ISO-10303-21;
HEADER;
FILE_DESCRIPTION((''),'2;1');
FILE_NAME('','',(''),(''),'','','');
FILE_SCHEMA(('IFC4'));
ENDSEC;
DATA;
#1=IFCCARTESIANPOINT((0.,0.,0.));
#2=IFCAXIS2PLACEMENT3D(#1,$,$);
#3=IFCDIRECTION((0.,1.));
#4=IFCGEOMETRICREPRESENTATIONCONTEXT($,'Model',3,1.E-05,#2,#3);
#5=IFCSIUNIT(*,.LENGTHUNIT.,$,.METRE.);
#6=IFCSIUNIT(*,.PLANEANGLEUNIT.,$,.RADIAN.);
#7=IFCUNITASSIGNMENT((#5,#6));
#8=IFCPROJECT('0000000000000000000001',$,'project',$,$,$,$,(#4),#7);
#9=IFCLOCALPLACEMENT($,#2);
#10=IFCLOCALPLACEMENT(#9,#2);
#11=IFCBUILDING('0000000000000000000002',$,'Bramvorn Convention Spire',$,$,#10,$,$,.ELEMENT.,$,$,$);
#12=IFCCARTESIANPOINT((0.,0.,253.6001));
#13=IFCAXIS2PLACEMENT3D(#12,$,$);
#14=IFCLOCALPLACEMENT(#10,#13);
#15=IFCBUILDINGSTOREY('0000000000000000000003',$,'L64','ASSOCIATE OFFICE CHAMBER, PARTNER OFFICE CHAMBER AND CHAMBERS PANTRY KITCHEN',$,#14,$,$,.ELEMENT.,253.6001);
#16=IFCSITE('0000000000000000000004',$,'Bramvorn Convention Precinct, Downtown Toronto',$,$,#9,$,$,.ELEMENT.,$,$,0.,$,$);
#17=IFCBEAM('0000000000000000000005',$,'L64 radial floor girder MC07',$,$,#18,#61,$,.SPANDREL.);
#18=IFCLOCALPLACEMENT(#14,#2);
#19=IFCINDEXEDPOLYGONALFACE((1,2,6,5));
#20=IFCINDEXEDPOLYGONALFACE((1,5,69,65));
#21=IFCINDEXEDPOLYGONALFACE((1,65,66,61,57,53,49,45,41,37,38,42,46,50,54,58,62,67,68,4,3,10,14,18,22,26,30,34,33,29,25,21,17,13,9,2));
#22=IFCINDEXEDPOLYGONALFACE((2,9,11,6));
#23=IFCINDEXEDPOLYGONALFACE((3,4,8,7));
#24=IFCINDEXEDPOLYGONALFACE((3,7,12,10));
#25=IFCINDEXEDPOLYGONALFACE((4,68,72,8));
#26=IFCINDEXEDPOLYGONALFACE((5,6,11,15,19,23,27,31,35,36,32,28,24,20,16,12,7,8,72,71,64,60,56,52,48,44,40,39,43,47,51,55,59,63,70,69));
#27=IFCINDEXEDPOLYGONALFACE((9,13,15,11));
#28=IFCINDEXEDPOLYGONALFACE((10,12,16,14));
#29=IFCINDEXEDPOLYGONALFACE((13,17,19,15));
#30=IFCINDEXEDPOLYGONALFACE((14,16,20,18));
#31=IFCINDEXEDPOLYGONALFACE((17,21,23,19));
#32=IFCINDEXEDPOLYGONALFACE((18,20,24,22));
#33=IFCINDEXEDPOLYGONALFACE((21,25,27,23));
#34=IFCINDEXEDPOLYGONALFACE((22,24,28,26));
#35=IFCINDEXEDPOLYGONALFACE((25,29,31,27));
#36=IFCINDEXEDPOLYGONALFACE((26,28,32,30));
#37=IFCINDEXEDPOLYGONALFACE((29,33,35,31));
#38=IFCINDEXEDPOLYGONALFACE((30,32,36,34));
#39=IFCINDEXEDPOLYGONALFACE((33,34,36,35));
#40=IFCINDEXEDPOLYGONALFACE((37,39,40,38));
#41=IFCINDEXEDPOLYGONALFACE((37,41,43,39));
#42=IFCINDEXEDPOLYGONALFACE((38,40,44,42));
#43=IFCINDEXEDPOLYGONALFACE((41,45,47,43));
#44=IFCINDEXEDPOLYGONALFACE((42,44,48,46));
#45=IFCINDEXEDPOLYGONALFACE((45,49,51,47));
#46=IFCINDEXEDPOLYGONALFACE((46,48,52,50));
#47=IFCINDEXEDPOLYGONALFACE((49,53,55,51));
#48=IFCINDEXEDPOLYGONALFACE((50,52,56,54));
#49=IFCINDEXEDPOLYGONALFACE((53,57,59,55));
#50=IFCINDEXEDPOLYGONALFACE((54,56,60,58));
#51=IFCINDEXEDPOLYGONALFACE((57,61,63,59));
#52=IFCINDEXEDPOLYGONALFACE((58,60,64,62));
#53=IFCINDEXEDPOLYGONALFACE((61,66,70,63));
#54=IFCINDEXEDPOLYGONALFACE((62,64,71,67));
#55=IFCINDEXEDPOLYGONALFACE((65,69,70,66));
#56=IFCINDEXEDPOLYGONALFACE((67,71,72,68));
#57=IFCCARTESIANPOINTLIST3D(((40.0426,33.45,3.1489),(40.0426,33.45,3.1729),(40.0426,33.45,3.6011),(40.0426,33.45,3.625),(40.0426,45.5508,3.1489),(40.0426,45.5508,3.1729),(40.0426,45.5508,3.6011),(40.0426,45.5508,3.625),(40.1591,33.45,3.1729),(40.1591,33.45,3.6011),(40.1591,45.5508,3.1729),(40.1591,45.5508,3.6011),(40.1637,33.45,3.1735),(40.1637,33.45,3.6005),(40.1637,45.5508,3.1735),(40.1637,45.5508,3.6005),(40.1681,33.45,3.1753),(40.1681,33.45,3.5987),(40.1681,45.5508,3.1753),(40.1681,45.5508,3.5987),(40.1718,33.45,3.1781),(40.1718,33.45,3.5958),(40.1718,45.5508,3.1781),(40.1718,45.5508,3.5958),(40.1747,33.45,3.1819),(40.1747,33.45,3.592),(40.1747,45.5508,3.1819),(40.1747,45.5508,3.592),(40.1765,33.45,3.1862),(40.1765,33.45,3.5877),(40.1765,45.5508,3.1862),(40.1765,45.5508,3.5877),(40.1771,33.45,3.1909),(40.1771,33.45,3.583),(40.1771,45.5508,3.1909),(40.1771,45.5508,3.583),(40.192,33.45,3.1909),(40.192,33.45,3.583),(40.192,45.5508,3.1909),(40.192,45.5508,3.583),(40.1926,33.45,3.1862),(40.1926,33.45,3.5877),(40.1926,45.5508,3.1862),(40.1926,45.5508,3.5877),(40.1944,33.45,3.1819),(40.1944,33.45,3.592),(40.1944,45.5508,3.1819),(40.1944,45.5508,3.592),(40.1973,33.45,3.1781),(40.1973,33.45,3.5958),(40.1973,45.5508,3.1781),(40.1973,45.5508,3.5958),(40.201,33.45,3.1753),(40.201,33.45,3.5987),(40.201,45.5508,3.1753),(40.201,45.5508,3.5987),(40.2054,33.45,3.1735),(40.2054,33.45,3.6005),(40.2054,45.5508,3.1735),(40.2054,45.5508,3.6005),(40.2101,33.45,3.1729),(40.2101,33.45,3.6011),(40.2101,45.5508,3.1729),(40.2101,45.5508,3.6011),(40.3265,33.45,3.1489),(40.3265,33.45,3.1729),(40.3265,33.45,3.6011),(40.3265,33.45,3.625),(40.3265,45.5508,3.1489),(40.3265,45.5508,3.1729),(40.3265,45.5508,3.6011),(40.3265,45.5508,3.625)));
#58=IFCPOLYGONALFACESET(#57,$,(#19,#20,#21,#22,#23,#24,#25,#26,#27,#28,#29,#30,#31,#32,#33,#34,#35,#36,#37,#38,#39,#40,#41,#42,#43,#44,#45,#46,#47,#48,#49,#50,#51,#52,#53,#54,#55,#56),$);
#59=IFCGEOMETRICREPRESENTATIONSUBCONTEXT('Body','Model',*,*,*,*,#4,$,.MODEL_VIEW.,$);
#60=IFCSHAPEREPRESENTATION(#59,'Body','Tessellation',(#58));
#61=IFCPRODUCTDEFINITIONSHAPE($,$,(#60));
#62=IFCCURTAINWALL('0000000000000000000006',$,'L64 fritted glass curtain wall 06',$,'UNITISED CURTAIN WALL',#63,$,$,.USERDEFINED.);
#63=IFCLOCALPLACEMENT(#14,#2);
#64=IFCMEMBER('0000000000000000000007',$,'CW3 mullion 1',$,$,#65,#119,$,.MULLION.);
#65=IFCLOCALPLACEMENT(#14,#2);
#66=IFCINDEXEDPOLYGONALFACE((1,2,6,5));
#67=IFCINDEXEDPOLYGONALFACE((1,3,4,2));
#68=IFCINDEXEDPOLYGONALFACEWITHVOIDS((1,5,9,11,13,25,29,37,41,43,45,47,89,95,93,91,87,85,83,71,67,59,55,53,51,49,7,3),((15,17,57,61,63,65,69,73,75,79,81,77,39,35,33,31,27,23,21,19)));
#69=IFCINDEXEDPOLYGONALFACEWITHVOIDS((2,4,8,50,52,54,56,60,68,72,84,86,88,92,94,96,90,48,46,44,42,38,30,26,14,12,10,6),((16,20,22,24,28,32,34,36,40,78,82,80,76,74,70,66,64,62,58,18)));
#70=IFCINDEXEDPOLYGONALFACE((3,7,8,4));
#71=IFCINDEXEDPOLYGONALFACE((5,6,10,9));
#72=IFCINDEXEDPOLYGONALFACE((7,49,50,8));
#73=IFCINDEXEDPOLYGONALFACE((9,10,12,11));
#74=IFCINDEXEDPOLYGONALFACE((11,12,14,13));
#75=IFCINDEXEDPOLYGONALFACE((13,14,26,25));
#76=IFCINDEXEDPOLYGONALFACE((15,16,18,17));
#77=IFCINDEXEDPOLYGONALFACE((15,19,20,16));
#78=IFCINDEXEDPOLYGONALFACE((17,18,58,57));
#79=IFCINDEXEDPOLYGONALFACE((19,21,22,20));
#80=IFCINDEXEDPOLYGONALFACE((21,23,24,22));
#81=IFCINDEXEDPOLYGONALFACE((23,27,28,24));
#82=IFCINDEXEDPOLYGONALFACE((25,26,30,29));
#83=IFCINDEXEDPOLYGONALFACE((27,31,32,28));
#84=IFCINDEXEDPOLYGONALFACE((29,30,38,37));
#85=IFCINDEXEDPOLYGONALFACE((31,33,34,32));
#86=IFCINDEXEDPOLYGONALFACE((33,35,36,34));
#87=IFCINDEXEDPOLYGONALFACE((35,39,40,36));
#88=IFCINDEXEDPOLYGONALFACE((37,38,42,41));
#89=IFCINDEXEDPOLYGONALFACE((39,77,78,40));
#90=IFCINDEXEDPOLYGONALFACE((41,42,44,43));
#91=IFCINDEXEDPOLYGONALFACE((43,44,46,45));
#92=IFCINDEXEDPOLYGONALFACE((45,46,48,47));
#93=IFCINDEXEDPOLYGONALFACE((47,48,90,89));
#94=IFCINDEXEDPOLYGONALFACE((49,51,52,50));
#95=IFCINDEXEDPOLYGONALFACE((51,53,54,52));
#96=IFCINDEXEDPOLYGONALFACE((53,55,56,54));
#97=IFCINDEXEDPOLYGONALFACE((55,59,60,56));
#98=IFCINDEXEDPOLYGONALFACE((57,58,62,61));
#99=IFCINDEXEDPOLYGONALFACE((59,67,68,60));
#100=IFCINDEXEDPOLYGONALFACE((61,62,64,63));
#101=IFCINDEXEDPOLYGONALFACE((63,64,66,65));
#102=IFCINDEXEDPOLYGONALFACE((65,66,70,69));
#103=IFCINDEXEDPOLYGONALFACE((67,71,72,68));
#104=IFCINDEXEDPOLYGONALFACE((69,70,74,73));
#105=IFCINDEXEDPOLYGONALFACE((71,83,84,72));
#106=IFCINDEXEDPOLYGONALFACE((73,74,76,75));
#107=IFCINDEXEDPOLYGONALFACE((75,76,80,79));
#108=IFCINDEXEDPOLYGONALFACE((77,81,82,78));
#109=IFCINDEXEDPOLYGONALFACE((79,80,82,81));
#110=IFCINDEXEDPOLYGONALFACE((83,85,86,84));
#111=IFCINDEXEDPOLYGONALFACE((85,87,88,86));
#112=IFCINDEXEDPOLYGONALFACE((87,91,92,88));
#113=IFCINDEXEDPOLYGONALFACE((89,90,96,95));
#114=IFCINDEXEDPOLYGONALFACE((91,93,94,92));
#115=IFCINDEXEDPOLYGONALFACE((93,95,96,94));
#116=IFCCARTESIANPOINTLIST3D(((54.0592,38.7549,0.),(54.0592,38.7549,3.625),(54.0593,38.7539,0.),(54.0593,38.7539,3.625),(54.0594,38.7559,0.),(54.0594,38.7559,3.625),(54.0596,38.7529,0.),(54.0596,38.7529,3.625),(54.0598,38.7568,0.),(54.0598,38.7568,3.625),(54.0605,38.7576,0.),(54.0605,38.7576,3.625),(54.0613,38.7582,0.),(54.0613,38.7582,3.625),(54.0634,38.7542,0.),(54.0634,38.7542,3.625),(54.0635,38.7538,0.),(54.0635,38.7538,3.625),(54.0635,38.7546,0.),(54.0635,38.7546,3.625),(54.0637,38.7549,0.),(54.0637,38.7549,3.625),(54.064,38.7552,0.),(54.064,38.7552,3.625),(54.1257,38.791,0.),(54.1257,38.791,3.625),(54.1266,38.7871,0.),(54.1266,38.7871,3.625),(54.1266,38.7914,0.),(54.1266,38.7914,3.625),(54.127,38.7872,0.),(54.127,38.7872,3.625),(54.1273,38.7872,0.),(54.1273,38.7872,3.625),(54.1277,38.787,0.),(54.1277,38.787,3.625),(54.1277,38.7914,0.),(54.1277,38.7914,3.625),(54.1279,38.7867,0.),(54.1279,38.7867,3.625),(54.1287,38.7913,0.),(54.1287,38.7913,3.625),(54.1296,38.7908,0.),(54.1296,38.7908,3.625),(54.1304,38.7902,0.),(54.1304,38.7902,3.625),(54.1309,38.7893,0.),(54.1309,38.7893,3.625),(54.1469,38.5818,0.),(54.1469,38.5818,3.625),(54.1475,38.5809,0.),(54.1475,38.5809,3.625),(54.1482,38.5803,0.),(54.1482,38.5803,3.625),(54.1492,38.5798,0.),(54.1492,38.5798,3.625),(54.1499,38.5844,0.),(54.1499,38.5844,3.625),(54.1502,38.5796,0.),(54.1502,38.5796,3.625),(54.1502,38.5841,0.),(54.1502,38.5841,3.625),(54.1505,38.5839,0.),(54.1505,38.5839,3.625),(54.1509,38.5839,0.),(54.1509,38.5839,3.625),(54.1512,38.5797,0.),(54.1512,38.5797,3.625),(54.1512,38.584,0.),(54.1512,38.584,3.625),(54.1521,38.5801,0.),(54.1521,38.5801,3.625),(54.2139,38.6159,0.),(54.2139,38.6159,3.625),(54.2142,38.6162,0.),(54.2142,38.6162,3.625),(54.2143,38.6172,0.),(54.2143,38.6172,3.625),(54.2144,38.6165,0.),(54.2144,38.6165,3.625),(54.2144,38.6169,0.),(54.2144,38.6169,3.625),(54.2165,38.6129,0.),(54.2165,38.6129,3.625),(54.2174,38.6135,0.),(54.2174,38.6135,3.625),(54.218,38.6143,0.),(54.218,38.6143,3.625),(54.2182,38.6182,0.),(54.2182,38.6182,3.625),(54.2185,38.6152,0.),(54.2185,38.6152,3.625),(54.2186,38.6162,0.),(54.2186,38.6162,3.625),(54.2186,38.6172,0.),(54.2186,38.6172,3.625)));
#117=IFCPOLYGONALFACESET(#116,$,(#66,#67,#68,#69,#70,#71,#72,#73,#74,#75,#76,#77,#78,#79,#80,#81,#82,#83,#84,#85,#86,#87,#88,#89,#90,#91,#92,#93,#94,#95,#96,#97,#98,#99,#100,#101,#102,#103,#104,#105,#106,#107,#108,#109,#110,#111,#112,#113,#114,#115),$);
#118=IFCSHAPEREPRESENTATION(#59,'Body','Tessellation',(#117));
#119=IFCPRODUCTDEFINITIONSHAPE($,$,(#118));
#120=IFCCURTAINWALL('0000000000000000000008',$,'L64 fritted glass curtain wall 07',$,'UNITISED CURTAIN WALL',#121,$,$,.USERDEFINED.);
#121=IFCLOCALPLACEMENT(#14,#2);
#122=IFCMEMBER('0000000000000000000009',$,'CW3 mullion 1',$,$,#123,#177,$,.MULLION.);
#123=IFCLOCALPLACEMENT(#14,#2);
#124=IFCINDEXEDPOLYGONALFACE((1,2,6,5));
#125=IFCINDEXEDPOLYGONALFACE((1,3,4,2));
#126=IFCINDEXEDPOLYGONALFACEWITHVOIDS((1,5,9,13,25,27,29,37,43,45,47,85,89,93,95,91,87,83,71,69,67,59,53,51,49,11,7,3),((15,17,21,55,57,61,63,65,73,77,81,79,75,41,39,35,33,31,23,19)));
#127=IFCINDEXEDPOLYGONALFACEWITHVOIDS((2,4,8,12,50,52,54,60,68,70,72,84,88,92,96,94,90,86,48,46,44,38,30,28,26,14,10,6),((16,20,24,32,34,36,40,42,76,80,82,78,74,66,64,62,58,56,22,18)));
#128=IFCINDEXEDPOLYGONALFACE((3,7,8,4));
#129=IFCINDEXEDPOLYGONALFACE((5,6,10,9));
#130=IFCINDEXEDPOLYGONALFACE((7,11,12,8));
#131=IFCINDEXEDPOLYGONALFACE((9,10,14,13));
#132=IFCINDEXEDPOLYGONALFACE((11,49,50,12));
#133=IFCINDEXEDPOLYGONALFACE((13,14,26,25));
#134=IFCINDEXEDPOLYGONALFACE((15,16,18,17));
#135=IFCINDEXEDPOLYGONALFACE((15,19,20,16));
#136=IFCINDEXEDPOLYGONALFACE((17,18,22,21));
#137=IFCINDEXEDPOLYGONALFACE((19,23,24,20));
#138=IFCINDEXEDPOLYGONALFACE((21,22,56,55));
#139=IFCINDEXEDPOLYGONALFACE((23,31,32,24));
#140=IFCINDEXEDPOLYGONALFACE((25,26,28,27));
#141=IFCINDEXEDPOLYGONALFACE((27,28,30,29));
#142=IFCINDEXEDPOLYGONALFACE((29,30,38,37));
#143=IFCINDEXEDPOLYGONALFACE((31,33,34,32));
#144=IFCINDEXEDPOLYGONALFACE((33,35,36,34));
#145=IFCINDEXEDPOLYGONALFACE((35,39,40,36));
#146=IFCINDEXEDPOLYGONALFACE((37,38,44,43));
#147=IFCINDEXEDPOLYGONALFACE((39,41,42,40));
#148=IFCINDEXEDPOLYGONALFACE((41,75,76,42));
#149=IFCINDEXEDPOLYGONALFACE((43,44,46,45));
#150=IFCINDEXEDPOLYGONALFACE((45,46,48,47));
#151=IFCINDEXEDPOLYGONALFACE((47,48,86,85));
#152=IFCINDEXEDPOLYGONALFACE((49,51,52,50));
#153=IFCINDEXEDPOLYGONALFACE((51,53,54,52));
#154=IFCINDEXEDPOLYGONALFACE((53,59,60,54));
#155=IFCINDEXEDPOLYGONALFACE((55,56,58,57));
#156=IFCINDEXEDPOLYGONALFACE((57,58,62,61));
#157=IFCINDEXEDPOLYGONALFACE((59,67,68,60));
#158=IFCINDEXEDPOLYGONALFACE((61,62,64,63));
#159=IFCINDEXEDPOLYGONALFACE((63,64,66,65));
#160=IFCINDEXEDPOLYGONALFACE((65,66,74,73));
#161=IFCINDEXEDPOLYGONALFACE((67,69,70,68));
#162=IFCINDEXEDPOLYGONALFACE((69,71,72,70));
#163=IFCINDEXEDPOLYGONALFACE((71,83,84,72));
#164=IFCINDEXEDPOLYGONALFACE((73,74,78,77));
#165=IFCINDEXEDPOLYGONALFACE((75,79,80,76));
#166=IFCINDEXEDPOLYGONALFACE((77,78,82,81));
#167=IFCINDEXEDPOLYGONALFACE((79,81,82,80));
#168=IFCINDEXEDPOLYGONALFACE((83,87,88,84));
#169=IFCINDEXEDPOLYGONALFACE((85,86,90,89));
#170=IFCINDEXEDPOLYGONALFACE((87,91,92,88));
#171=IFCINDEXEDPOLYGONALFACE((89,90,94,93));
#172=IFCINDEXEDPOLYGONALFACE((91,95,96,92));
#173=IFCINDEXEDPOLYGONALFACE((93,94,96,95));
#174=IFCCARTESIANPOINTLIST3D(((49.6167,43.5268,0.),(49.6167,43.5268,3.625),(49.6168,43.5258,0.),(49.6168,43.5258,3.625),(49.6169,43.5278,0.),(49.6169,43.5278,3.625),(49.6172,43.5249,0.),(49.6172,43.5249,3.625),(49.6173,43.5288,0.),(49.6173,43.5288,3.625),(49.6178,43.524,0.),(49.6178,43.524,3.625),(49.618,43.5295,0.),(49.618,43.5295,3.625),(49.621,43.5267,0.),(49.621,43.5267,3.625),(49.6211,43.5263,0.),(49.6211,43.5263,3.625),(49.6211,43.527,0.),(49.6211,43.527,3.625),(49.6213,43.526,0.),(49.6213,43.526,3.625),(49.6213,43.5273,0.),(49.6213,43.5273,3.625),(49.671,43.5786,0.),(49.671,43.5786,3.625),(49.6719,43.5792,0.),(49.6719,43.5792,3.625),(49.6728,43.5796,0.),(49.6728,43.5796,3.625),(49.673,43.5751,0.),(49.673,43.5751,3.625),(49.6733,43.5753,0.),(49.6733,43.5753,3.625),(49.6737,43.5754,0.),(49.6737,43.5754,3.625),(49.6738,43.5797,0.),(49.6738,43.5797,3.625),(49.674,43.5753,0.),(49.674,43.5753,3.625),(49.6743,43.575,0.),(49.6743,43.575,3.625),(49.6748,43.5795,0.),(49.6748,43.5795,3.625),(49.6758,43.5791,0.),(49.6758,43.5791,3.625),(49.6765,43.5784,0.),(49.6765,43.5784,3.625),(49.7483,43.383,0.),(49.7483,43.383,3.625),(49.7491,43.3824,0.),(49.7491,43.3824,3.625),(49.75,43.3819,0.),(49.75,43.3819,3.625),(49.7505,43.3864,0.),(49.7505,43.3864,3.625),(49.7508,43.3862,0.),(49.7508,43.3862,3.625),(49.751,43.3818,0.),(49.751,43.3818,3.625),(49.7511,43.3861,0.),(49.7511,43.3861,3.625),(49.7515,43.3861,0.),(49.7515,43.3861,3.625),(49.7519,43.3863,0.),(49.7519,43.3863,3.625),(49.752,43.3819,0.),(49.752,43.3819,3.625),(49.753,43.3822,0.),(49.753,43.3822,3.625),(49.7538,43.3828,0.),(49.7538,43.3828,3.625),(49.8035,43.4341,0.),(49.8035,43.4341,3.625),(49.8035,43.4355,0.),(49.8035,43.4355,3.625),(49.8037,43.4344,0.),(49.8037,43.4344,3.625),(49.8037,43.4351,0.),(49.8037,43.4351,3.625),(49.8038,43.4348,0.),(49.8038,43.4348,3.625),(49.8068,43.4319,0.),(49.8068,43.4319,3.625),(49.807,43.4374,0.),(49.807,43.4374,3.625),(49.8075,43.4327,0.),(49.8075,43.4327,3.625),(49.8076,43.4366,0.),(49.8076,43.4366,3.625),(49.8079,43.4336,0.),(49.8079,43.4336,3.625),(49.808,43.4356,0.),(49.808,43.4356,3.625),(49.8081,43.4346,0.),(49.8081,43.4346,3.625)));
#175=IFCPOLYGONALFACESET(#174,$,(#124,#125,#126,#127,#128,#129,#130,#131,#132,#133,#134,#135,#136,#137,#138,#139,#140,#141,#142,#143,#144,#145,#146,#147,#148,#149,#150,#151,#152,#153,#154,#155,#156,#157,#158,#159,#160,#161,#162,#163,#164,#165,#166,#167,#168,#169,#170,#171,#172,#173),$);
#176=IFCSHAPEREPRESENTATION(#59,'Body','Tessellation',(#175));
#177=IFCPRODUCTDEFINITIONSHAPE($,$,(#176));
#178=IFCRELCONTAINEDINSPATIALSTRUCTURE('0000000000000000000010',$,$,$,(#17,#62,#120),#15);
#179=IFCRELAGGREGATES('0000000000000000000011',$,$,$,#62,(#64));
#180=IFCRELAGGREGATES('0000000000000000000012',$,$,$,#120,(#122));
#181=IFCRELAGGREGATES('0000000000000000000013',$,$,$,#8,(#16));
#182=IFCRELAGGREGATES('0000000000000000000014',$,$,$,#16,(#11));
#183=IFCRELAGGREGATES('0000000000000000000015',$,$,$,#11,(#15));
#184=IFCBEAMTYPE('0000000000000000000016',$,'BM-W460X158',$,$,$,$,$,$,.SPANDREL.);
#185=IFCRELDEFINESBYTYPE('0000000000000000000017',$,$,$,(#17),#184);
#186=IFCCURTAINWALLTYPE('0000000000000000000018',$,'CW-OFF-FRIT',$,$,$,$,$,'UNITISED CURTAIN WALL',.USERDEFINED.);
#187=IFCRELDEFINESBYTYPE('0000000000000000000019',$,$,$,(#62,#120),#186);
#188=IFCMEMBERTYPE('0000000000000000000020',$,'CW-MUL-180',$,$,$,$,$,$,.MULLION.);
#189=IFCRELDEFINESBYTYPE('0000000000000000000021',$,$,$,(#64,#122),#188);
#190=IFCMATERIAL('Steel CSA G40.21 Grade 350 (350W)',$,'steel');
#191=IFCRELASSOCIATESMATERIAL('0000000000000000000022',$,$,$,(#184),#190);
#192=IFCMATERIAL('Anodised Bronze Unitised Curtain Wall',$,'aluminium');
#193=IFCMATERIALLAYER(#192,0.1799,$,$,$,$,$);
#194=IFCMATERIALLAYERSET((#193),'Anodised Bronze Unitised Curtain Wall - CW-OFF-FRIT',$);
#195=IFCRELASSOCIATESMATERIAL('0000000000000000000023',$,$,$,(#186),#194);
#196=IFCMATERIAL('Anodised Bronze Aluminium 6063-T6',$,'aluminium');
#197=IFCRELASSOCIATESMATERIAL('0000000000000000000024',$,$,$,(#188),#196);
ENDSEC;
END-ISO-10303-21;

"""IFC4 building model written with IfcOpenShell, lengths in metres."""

from ifc_helpers import new_model, si_unit, direction, frame, origin, origin_2d, place, context, subcontext, project, spatial, hollow_rectangle, i_section, extrude, material, layer, layer_set, material_profile, profile_set, type_object, element, aggregate, save


model = new_model("IFC4")

# Units and contexts
model_context = context("Model", 3, precision=1e-05, world=origin(), true_north=direction((0.0, 1.0)))
body_context = subcontext(model_context, "Body", "Model", "MODEL_VIEW")
ifc_project = project(units=[si_unit("LENGTHUNIT", "METRE"), si_unit("PLANEANGLEUNIT", "RADIAN")], contexts=[model_context])

# Site, building, storey
site_placement = place(None, origin())
site = spatial("IfcSite", under=ifc_project, at=site_placement, Name="Bramvorn Convention Precinct, Downtown Toronto", CompositionType="ELEMENT", RefElevation=0.0)
building_placement = place(site_placement, origin())
building = spatial("IfcBuilding", under=site, at=building_placement, Name="Bramvorn Convention Spire", CompositionType="ELEMENT")
storey_placement = place(building_placement, frame((0.0, 0.0, 253.6001)))
storey = spatial("IfcBuildingStorey", under=building, at=storey_placement, Name="L64", Description="ASSOCIATE OFFICE CHAMBER, PARTNER OFFICE CHAMBER AND CHAMBERS PANTRY KITCHEN", CompositionType="ELEMENT", Elevation=253.6001)

# Shared definitions
ifc_material_1 = material(Name="Steel CSA G40.21 Grade 350 (350W)", Category="steel")

# Beam
ifc_material_profile_1 = material_profile(ifc_material_1, i_section(OverallWidth=0.2839, OverallDepth=0.4761, WebThickness=0.0149, FlangeThickness=0.0239, FilletRadius=0.0181, at=origin_2d()))
ifc_profile_set_1 = profile_set([ifc_material_profile_1], Name="Steel CSA G40.21 Grade 350 (350W) - W460X158")
beam_type_1 = type_object("IfcBeamType", Name="BM-W460X158", PredefinedType="SPANDREL", material=ifc_profile_set_1)
beam_1_placement = place(storey_placement, frame((40.1846, 33.45, 3.387), z_axis=(0.0, 1.0, 0.0), x_axis=(-1.0, 0.0, 0.0)))
element("IfcBeam", 1, at=beam_1_placement, inside=storey, type_object=beam_type_1, Name="L64 radial floor girder MC07", PredefinedType="SPANDREL", context=body_context, shape_type="SweptSolid", body=[
    extrude(i_section(OverallWidth=0.2839, OverallDepth=0.4761, WebThickness=0.0149, FlangeThickness=0.0239, FilletRadius=0.0181, at=origin_2d()), origin(), (0.0, 0.0, 1.0), 12.1008),
])

# Curtain wall, member
ifc_material_2 = material(Name="Anodised Bronze Unitised Curtain Wall", Category="aluminium")
ifc_layer_1 = layer(ifc_material_2, 0.1799)
ifc_layer_set_1 = layer_set([ifc_layer_1], Name="Anodised Bronze Unitised Curtain Wall - CW-OFF-FRIT")
curtain_wall_type = type_object("IfcCurtainWallType", Name="CW-OFF-FRIT", ElementType="UNITISED CURTAIN WALL", PredefinedType="USERDEFINED", material=ifc_layer_set_1)
curtain_wall_1_placement = place(storey_placement, origin())
curtain_wall_1 = element("IfcCurtainWall", 2, at=curtain_wall_1_placement, inside=storey, type_object=curtain_wall_type, Name="L64 fritted glass curtain wall 06", ObjectType="UNITISED CURTAIN WALL", PredefinedType="USERDEFINED")
ifc_material_3 = material(Name="Anodised Bronze Aluminium 6063-T6", Category="aluminium")
ifc_material_profile_2 = material_profile(ifc_material_3, hollow_rectangle(XDim=0.0801, YDim=0.2, WallThickness=0.0039, InnerFilletRadius=0.001, OuterFilletRadius=0.0039, at=origin_2d()))
ifc_profile_set_2 = profile_set([ifc_material_profile_2], Name="Anodised Bronze Aluminium 6063-T6 - CWM80X200")
member_type_1 = type_object("IfcMemberType", Name="CW-MUL-180", PredefinedType="MULLION", material=ifc_profile_set_2)
member_1_placement = place(storey_placement, frame((54.1389, 38.6855, 0.0), z_axis=(0.0, 0.0, 1.0), x_axis=(0.890857, 0.454284, 0.0)))
member_1 = element("IfcMember", 3, at=member_1_placement, type_object=member_type_1, Name="CW3 mullion 1", PredefinedType="MULLION", context=body_context, shape_type="SweptSolid", body=[
    extrude(hollow_rectangle(XDim=0.0801, YDim=0.2, WallThickness=0.0039, InnerFilletRadius=0.001, OuterFilletRadius=0.0039, at=origin_2d()), origin(), (0.0, 0.0, 1.0), 3.625),
])

# Curtain wall, member
curtain_wall_2_placement = place(storey_placement, origin())
curtain_wall_2 = element("IfcCurtainWall", 4, at=curtain_wall_2_placement, inside=storey, type_object=curtain_wall_type, Name="L64 fritted glass curtain wall 07", ObjectType="UNITISED CURTAIN WALL", PredefinedType="USERDEFINED")
member_2_placement = place(storey_placement, frame((49.7124, 43.4807, 0.0), z_axis=(0.0, 0.0, 1.0), x_axis=(0.733948, 0.679205, 0.0)))
member_2 = element("IfcMember", 5, at=member_2_placement, type_object=member_type_1, Name="CW3 mullion 1", PredefinedType="MULLION", context=body_context, shape_type="SweptSolid", body=[
    extrude(hollow_rectangle(XDim=0.0801, YDim=0.2, WallThickness=0.0039, InnerFilletRadius=0.001, OuterFilletRadius=0.0039, at=origin_2d()), origin(), (0.0, 0.0, 1.0), 3.625),
])

aggregate(curtain_wall_1, [member_1])
aggregate(curtain_wall_2, [member_2])

save(model, "model.ifc")
